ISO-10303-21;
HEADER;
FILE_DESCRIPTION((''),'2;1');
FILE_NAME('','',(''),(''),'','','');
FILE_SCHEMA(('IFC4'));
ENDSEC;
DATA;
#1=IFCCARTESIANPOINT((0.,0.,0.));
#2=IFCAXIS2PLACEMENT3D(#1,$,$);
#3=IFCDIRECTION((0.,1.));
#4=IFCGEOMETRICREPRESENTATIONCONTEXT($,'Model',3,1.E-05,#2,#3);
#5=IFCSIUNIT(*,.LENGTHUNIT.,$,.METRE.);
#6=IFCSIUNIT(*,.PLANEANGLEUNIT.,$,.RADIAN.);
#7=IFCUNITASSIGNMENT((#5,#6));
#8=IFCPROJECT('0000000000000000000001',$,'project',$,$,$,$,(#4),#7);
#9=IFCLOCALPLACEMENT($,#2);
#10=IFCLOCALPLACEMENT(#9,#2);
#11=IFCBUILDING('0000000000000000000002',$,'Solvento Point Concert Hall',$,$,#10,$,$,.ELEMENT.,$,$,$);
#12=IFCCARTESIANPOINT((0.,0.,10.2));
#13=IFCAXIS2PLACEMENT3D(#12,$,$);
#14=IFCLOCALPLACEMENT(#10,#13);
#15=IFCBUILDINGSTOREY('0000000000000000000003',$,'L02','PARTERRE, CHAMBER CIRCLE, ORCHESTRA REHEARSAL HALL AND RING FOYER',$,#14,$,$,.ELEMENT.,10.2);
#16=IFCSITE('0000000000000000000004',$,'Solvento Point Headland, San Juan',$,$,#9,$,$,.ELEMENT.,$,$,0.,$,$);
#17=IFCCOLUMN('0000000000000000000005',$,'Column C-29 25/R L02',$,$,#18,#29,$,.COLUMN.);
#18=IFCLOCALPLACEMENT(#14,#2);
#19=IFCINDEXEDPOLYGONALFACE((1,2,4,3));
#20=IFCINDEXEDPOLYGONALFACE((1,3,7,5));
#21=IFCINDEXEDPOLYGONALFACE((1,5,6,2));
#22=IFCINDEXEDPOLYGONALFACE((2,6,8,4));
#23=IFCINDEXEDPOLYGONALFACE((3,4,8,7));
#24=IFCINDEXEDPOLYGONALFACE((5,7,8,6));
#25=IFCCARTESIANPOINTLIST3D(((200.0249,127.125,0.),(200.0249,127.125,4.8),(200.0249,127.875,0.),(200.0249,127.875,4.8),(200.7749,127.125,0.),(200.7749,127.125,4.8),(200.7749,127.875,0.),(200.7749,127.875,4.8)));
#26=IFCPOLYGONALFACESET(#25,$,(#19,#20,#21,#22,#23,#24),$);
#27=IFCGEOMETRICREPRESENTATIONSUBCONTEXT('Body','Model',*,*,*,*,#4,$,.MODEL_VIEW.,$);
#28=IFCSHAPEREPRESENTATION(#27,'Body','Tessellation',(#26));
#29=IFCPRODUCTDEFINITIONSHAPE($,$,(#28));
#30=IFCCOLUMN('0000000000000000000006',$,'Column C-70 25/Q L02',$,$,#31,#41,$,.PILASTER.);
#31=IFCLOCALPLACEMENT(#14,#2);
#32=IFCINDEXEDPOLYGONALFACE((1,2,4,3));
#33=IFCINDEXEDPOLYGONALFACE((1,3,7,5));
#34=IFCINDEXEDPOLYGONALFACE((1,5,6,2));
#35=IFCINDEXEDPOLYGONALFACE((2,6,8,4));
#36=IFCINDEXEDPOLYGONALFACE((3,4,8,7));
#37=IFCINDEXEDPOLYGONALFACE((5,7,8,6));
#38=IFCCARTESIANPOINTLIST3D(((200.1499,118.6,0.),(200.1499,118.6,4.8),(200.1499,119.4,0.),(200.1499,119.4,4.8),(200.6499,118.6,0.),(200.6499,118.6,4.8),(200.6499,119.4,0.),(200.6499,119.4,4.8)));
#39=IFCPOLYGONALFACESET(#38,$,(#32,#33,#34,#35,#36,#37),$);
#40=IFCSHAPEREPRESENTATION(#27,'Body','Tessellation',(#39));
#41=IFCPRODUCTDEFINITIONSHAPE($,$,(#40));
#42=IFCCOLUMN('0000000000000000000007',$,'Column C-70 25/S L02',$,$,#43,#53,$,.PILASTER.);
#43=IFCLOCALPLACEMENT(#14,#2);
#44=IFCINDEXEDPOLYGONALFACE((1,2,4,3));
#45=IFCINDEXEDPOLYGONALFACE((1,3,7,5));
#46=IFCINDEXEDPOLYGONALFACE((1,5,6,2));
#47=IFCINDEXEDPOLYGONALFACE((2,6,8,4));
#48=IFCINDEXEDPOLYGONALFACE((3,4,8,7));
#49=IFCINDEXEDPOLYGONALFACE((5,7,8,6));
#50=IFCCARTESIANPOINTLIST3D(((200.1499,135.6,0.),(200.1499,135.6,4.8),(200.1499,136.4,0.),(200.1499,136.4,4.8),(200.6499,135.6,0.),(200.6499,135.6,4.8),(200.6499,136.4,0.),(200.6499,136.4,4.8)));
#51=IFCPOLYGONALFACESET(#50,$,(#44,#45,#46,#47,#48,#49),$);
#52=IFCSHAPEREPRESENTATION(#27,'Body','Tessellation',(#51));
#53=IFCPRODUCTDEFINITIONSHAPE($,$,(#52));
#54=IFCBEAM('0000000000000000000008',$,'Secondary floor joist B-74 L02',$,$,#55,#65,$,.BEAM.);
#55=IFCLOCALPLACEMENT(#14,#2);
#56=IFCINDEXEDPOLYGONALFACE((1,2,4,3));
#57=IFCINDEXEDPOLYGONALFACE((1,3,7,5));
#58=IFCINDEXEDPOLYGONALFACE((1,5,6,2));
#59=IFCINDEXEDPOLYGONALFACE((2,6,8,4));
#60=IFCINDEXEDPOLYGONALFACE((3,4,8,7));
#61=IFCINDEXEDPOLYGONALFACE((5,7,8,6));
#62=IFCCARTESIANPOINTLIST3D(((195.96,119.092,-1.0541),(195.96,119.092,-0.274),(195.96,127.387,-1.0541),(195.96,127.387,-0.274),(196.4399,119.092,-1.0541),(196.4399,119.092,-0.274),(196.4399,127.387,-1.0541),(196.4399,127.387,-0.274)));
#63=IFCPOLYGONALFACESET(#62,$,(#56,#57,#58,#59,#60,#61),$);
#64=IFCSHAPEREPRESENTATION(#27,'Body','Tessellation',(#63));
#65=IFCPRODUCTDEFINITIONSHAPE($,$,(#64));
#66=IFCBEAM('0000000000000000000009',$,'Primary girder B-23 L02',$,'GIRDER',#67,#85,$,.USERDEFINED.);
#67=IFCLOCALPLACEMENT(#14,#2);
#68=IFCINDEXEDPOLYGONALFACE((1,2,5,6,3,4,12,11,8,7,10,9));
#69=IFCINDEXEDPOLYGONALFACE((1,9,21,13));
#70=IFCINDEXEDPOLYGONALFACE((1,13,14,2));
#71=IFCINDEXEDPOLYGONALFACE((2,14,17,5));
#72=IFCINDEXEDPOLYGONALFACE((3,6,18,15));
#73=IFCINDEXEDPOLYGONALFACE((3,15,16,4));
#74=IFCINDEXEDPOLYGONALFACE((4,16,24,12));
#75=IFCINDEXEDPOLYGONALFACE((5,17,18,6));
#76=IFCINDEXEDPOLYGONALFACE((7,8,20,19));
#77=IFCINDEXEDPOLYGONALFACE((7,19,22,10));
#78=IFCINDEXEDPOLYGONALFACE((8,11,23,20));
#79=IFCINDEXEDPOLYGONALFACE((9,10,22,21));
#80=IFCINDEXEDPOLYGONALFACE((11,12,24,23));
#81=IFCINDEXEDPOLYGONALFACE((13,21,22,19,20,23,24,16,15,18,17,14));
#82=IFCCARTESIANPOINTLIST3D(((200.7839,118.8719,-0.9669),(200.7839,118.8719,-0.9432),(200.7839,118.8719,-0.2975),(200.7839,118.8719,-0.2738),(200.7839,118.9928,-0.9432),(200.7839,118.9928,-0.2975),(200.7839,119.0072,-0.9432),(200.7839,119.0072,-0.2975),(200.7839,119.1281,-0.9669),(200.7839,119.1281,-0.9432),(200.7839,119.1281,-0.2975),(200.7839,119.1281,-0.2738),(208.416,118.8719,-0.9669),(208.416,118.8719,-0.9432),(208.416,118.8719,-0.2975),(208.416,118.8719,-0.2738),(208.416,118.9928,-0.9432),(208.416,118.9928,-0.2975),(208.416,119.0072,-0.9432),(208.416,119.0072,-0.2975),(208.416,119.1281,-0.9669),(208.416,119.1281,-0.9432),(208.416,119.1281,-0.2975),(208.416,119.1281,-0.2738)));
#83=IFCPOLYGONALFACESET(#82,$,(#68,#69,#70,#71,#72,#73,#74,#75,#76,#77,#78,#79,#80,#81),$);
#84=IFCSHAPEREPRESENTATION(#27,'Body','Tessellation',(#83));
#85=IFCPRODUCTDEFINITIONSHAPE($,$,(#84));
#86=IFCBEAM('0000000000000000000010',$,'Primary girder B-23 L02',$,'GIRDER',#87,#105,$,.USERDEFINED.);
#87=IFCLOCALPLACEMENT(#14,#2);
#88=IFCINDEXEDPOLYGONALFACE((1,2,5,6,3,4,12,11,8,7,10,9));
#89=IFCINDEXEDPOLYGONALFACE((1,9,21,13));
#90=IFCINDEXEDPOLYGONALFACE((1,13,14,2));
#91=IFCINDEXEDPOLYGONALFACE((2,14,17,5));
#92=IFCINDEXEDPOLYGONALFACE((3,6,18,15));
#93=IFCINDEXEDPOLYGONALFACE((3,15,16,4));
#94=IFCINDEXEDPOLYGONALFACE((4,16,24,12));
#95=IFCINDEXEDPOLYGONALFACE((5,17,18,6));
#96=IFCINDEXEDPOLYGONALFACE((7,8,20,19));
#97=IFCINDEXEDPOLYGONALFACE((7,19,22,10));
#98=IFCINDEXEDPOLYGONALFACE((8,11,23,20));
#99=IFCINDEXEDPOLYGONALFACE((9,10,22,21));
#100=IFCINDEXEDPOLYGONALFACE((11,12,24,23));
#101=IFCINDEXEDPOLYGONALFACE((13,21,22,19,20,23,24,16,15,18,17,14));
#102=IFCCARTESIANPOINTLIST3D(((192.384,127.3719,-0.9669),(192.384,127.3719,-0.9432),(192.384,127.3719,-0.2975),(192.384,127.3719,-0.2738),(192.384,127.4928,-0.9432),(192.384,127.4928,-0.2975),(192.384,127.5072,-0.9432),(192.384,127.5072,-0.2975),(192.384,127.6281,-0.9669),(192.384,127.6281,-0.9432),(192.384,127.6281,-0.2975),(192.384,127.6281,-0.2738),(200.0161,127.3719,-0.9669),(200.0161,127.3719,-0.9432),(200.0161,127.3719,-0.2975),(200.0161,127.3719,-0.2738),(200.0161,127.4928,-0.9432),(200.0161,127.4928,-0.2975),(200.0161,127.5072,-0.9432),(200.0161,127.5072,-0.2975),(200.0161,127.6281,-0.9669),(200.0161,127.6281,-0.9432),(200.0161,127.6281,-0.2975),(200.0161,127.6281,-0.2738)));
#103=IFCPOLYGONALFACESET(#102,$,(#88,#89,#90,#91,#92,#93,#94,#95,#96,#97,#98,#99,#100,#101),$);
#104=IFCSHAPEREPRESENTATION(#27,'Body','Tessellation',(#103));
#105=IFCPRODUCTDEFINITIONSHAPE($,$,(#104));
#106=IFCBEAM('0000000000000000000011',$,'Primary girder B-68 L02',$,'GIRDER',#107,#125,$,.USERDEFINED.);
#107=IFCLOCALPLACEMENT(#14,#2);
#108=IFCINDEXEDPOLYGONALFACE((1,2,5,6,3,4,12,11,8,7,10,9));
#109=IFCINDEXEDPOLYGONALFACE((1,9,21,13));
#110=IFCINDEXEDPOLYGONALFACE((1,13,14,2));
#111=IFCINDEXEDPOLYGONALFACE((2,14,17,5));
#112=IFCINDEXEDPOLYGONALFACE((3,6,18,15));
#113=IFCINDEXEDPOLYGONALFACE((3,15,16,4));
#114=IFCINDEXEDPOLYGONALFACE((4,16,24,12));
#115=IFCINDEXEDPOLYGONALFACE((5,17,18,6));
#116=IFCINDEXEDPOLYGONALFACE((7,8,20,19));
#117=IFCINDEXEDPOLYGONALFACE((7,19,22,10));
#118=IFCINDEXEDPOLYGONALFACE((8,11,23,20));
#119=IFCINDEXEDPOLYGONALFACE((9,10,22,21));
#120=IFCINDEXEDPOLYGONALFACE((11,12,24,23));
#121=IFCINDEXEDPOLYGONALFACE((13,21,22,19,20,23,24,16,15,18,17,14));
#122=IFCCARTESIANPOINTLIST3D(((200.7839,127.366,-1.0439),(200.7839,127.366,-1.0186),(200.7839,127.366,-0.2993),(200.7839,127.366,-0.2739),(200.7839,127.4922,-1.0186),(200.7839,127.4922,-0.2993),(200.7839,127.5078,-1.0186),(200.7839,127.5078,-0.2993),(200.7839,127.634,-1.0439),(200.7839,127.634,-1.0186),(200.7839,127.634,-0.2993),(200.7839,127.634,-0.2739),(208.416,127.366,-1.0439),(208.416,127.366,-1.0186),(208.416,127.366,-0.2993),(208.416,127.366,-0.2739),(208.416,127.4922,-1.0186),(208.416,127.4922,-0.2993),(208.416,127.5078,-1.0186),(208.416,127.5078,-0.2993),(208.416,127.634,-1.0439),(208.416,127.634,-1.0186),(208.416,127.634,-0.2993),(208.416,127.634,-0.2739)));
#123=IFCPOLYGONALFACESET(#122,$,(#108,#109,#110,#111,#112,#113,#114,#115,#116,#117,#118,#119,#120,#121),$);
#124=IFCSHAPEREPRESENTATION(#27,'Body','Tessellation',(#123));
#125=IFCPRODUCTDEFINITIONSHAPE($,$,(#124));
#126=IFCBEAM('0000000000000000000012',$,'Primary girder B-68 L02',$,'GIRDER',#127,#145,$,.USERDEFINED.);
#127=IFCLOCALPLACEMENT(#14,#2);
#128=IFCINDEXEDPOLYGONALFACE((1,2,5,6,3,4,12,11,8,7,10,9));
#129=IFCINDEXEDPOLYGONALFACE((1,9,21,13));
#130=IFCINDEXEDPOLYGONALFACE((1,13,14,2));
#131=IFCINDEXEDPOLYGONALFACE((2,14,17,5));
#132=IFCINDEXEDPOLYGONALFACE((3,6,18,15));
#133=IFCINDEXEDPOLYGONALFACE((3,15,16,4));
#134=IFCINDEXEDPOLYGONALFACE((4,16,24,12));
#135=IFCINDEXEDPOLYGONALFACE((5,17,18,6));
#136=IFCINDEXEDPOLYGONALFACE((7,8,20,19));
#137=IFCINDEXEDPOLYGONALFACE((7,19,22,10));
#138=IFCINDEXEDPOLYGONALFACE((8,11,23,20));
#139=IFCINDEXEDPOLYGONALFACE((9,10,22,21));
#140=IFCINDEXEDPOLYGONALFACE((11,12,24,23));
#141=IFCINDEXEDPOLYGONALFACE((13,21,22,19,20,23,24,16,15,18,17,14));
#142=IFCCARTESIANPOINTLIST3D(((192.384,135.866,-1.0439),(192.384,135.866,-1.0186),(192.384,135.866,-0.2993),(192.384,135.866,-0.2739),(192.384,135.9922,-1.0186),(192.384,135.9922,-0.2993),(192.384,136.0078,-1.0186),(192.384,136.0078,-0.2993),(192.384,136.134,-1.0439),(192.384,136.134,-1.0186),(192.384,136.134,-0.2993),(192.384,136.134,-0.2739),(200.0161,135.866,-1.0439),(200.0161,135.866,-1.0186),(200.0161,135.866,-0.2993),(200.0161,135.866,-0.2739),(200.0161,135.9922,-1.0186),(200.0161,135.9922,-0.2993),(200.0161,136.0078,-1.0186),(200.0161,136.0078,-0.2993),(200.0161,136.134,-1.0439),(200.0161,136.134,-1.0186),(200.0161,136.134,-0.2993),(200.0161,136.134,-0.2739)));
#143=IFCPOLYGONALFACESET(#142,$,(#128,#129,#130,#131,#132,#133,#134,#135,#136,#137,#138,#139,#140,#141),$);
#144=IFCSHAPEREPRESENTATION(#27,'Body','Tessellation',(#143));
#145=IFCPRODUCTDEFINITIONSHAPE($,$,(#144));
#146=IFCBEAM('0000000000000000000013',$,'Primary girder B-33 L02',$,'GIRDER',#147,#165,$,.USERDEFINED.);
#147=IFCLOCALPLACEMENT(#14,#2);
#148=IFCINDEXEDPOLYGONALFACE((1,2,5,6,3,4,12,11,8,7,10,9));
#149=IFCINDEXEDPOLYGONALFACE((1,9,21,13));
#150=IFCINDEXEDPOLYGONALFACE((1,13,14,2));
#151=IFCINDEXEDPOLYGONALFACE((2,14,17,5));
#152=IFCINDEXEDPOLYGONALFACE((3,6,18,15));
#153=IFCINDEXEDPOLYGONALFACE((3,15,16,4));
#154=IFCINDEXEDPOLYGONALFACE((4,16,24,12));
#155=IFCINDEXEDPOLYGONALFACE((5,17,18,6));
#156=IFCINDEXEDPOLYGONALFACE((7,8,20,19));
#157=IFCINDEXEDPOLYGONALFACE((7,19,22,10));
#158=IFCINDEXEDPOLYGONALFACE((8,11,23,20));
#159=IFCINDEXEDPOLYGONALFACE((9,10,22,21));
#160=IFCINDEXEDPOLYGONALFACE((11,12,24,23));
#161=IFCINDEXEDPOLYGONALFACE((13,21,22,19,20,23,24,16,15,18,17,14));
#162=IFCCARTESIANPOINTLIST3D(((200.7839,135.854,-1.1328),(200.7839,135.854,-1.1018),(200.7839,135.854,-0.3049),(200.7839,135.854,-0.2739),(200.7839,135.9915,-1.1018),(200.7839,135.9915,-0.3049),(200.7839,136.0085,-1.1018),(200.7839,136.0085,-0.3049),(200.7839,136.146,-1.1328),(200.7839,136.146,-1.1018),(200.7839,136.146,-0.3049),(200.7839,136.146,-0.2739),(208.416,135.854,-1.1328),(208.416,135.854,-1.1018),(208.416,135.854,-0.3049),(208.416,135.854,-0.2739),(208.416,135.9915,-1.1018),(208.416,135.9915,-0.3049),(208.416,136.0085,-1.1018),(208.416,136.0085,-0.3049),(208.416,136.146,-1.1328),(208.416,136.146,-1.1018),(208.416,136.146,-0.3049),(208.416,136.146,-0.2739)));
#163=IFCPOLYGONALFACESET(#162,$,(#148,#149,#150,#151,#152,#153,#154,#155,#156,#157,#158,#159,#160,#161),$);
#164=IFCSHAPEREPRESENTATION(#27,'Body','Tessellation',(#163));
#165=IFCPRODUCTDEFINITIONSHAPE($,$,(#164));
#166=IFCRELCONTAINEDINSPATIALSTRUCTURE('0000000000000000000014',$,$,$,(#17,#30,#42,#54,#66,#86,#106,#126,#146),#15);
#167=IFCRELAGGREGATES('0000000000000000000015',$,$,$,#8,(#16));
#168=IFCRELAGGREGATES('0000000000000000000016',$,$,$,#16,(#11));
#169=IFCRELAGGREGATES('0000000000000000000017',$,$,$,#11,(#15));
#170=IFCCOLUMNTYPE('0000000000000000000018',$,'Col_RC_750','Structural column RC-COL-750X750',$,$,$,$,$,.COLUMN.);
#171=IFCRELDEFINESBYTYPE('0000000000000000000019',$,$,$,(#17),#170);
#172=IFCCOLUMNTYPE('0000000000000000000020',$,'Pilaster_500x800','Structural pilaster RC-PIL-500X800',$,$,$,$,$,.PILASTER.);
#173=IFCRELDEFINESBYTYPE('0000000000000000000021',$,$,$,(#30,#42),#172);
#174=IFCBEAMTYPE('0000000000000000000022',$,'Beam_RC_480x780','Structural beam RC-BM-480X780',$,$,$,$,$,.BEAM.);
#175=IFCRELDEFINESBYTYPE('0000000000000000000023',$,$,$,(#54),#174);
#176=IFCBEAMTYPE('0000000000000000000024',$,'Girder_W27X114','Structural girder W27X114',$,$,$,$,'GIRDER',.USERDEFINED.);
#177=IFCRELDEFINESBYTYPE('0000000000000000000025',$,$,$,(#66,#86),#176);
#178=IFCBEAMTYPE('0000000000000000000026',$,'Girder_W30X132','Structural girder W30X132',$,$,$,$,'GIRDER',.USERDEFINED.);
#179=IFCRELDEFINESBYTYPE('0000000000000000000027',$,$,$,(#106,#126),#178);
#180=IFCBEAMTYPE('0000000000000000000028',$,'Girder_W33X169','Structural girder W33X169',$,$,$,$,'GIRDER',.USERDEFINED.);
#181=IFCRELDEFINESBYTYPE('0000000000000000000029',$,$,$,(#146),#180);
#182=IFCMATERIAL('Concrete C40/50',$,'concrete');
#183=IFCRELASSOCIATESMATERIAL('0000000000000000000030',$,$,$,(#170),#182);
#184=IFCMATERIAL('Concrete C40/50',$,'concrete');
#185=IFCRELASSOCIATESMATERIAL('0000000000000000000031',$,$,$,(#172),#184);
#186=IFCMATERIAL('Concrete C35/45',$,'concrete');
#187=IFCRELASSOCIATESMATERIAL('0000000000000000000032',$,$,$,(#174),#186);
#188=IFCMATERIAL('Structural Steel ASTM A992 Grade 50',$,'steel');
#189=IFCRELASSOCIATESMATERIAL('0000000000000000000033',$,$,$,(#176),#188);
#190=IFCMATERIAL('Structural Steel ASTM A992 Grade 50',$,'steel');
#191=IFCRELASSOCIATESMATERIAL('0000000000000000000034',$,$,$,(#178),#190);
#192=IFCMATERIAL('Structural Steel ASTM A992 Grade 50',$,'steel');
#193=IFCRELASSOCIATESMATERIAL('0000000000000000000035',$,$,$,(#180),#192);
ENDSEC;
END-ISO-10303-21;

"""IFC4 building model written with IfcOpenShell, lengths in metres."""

from ifc_helpers import new_model, si_unit, direction, frame, origin, origin_2d, place, context, subcontext, project, spatial, rectangle, i_section, extrude, material, material_profile, profile_set, type_object, element, save


model = new_model("IFC4")

# Units and contexts
model_context = context("Model", 3, precision=1e-05, world=origin(), true_north=direction((0.0, 1.0)))
body_context = subcontext(model_context, "Body", "Model", "MODEL_VIEW")
ifc_project = project(units=[si_unit("LENGTHUNIT", "METRE"), si_unit("PLANEANGLEUNIT", "RADIAN")], contexts=[model_context])

# Site, building, storey
site_placement = place(None, origin())
site = spatial("IfcSite", under=ifc_project, at=site_placement, Name="Solvento Point Headland, San Juan", CompositionType="ELEMENT", RefElevation=0.0)
building_placement = place(site_placement, origin())
building = spatial("IfcBuilding", under=site, at=building_placement, Name="Solvento Point Concert Hall", CompositionType="ELEMENT")
storey_placement = place(building_placement, frame((0.0, 0.0, 10.2)))
storey = spatial("IfcBuildingStorey", under=building, at=storey_placement, Name="L02", Description="PARTERRE, CHAMBER CIRCLE, ORCHESTRA REHEARSAL HALL AND RING FOYER", CompositionType="ELEMENT", Elevation=10.2)

# Columns
ifc_material_1 = material(Name="Concrete C40/50", Category="concrete")
ifc_material_profile_1 = material_profile(ifc_material_1, rectangle(XDim=0.75, YDim=0.75, at=origin_2d()), Name="RC-COL-750X750")
ifc_profile_set_1 = profile_set([ifc_material_profile_1], Name="Concrete C40/50")
column_type_1 = type_object("IfcColumnType", Name="Col_RC_750", Description="Structural column RC-COL-750X750", PredefinedType="COLUMN", material=ifc_profile_set_1)
column_placement = place(storey_placement, frame((200.3999, 127.5, 0.0), z_axis=(0.0, 0.0, 1.0), x_axis=(1.0, 0.0, 0.0)))
element("IfcColumn", 1, at=column_placement, inside=storey, type_object=column_type_1, Name="Column C-29 25/R L02", PredefinedType="COLUMN", context=body_context, shape_type="SweptSolid", body=[
    extrude(rectangle(XDim=0.75, YDim=0.75, at=origin_2d()), origin(), (0.0, 0.0, 1.0), 4.8),
])
ifc_material_2 = material(Name="Concrete C40/50", Category="concrete")
ifc_material_profile_2 = material_profile(ifc_material_2, rectangle(XDim=0.5, YDim=0.8, at=origin_2d()), Name="RC-PIL-500X800")
ifc_profile_set_2 = profile_set([ifc_material_profile_2], Name="Concrete C40/50")
column_type_2 = type_object("IfcColumnType", Name="Pilaster_500x800", Description="Structural pilaster RC-PIL-500X800", PredefinedType="PILASTER", material=ifc_profile_set_2)
for number, where, z_axis, x_axis, name in (
    (2, (200.3999, 119.0, 0.0), (0.0, 0.0, 1.0), (1.0, 0.0, 0.0), "Column C-70 25/Q L02"),
    (3, (200.3999, 136.0, 0.0), (0.0, 0.0, 1.0), (1.0, 0.0, 0.0), "Column C-70 25/S L02"),
):
    element("IfcColumn", number, at=place(storey_placement, frame(where, z_axis=z_axis, x_axis=x_axis)), inside=storey, type_object=column_type_2, Name=name, PredefinedType="PILASTER", context=body_context, shape_type="SweptSolid", body=[
        extrude(rectangle(XDim=0.5, YDim=0.8, at=origin_2d()), origin(), (0.0, 0.0, 1.0), 4.8),
    ])

# Beams
ifc_material_3 = material(Name="Concrete C35/45", Category="concrete")
ifc_material_profile_3 = material_profile(ifc_material_3, rectangle(XDim=0.48, YDim=0.78, at=origin_2d()), Name="RC-BM-480X780")
ifc_profile_set_3 = profile_set([ifc_material_profile_3], Name="Concrete C35/45")
beam_type_1 = type_object("IfcBeamType", Name="Beam_RC_480x780", Description="Structural beam RC-BM-480X780", PredefinedType="BEAM", material=ifc_profile_set_3)
beam_1_placement = place(storey_placement, frame((196.2, 119.092, -0.6641), z_axis=(0.0, 1.0, 0.0), x_axis=(-1.0, 0.0, 0.0)))
element("IfcBeam", 4, at=beam_1_placement, inside=storey, type_object=beam_type_1, Name="Secondary floor joist B-74 L02", PredefinedType="BEAM", context=body_context, shape_type="SweptSolid", body=[
    extrude(rectangle(XDim=0.48, YDim=0.78, at=origin_2d()), origin(), (0.0, 0.0, 1.0), 8.2949),
])
ifc_material_4 = material(Name="Structural Steel ASTM A992 Grade 50", Category="steel")
ifc_material_profile_4 = material_profile(ifc_material_4, i_section(OverallWidth=0.2561, OverallDepth=0.6931, WebThickness=0.0144, FlangeThickness=0.0237, at=origin_2d()), Name="W27X114")
ifc_profile_set_4 = profile_set([ifc_material_profile_4], Name="Structural Steel ASTM A992 Grade 50")
beam_type_2 = type_object("IfcBeamType", Name="Girder_W27X114", Description="Structural girder W27X114", ElementType="GIRDER", PredefinedType="USERDEFINED", material=ifc_profile_set_4)
for number, where, z_axis, x_axis, name in (
    (5, (200.7839, 119.0, -0.6204), (1.0, 0.0, 0.0), (0.0, 1.0, 0.0), "Primary girder B-23 L02"),
    (6, (192.384, 127.5, -0.6204), (1.0, 0.0, 0.0), (0.0, 1.0, 0.0), "Primary girder B-23 L02"),
):
    element("IfcBeam", number, at=place(storey_placement, frame(where, z_axis=z_axis, x_axis=x_axis)), inside=storey, type_object=beam_type_2, Name=name, ObjectType="GIRDER", PredefinedType="USERDEFINED", context=body_context, shape_type="SweptSolid", body=[
        extrude(i_section(OverallWidth=0.2561, OverallDepth=0.6931, WebThickness=0.0144, FlangeThickness=0.0237, at=origin_2d()), origin(), (0.0, 0.0, 1.0), 7.6321),
    ])
ifc_material_5 = material(Name="Structural Steel ASTM A992 Grade 50", Category="steel")
ifc_material_profile_5 = material_profile(ifc_material_5, i_section(OverallWidth=0.2681, OverallDepth=0.77, WebThickness=0.0156, FlangeThickness=0.0254, at=origin_2d()), Name="W30X132")
ifc_profile_set_5 = profile_set([ifc_material_profile_5], Name="Structural Steel ASTM A992 Grade 50")
beam_type_3 = type_object("IfcBeamType", Name="Girder_W30X132", Description="Structural girder W30X132", ElementType="GIRDER", PredefinedType="USERDEFINED", material=ifc_profile_set_5)
for number, where, z_axis, x_axis, name in (
    (7, (200.7839, 127.5, -0.6589), (1.0, 0.0, 0.0), (0.0, 1.0, 0.0), "Primary girder B-68 L02"),
    (8, (192.384, 136.0, -0.6589), (1.0, 0.0, 0.0), (0.0, 1.0, 0.0), "Primary girder B-68 L02"),
):
    element("IfcBeam", number, at=place(storey_placement, frame(where, z_axis=z_axis, x_axis=x_axis)), inside=storey, type_object=beam_type_3, Name=name, ObjectType="GIRDER", PredefinedType="USERDEFINED", context=body_context, shape_type="SweptSolid", body=[
        extrude(i_section(OverallWidth=0.2681, OverallDepth=0.77, WebThickness=0.0156, FlangeThickness=0.0254, at=origin_2d()), origin(), (0.0, 0.0, 1.0), 7.6321),
    ])
ifc_material_6 = material(Name="Structural Steel ASTM A992 Grade 50", Category="steel")
ifc_material_profile_6 = material_profile(ifc_material_6, i_section(OverallWidth=0.292, OverallDepth=0.8589, WebThickness=0.0171, FlangeThickness=0.031, at=origin_2d()), Name="W33X169")
ifc_profile_set_6 = profile_set([ifc_material_profile_6], Name="Structural Steel ASTM A992 Grade 50")
beam_type_4 = type_object("IfcBeamType", Name="Girder_W33X169", Description="Structural girder W33X169", ElementType="GIRDER", PredefinedType="USERDEFINED", material=ifc_profile_set_6)
beam_2_placement = place(storey_placement, frame((200.7839, 136.0, -0.7034), z_axis=(1.0, 0.0, 0.0), x_axis=(0.0, 1.0, 0.0)))
element("IfcBeam", 9, at=beam_2_placement, inside=storey, type_object=beam_type_4, Name="Primary girder B-33 L02", ObjectType="GIRDER", PredefinedType="USERDEFINED", context=body_context, shape_type="SweptSolid", body=[
    extrude(i_section(OverallWidth=0.292, OverallDepth=0.8589, WebThickness=0.0171, FlangeThickness=0.031, at=origin_2d()), origin(), (0.0, 0.0, 1.0), 7.6321),
])

save(model, "model.ifc")
